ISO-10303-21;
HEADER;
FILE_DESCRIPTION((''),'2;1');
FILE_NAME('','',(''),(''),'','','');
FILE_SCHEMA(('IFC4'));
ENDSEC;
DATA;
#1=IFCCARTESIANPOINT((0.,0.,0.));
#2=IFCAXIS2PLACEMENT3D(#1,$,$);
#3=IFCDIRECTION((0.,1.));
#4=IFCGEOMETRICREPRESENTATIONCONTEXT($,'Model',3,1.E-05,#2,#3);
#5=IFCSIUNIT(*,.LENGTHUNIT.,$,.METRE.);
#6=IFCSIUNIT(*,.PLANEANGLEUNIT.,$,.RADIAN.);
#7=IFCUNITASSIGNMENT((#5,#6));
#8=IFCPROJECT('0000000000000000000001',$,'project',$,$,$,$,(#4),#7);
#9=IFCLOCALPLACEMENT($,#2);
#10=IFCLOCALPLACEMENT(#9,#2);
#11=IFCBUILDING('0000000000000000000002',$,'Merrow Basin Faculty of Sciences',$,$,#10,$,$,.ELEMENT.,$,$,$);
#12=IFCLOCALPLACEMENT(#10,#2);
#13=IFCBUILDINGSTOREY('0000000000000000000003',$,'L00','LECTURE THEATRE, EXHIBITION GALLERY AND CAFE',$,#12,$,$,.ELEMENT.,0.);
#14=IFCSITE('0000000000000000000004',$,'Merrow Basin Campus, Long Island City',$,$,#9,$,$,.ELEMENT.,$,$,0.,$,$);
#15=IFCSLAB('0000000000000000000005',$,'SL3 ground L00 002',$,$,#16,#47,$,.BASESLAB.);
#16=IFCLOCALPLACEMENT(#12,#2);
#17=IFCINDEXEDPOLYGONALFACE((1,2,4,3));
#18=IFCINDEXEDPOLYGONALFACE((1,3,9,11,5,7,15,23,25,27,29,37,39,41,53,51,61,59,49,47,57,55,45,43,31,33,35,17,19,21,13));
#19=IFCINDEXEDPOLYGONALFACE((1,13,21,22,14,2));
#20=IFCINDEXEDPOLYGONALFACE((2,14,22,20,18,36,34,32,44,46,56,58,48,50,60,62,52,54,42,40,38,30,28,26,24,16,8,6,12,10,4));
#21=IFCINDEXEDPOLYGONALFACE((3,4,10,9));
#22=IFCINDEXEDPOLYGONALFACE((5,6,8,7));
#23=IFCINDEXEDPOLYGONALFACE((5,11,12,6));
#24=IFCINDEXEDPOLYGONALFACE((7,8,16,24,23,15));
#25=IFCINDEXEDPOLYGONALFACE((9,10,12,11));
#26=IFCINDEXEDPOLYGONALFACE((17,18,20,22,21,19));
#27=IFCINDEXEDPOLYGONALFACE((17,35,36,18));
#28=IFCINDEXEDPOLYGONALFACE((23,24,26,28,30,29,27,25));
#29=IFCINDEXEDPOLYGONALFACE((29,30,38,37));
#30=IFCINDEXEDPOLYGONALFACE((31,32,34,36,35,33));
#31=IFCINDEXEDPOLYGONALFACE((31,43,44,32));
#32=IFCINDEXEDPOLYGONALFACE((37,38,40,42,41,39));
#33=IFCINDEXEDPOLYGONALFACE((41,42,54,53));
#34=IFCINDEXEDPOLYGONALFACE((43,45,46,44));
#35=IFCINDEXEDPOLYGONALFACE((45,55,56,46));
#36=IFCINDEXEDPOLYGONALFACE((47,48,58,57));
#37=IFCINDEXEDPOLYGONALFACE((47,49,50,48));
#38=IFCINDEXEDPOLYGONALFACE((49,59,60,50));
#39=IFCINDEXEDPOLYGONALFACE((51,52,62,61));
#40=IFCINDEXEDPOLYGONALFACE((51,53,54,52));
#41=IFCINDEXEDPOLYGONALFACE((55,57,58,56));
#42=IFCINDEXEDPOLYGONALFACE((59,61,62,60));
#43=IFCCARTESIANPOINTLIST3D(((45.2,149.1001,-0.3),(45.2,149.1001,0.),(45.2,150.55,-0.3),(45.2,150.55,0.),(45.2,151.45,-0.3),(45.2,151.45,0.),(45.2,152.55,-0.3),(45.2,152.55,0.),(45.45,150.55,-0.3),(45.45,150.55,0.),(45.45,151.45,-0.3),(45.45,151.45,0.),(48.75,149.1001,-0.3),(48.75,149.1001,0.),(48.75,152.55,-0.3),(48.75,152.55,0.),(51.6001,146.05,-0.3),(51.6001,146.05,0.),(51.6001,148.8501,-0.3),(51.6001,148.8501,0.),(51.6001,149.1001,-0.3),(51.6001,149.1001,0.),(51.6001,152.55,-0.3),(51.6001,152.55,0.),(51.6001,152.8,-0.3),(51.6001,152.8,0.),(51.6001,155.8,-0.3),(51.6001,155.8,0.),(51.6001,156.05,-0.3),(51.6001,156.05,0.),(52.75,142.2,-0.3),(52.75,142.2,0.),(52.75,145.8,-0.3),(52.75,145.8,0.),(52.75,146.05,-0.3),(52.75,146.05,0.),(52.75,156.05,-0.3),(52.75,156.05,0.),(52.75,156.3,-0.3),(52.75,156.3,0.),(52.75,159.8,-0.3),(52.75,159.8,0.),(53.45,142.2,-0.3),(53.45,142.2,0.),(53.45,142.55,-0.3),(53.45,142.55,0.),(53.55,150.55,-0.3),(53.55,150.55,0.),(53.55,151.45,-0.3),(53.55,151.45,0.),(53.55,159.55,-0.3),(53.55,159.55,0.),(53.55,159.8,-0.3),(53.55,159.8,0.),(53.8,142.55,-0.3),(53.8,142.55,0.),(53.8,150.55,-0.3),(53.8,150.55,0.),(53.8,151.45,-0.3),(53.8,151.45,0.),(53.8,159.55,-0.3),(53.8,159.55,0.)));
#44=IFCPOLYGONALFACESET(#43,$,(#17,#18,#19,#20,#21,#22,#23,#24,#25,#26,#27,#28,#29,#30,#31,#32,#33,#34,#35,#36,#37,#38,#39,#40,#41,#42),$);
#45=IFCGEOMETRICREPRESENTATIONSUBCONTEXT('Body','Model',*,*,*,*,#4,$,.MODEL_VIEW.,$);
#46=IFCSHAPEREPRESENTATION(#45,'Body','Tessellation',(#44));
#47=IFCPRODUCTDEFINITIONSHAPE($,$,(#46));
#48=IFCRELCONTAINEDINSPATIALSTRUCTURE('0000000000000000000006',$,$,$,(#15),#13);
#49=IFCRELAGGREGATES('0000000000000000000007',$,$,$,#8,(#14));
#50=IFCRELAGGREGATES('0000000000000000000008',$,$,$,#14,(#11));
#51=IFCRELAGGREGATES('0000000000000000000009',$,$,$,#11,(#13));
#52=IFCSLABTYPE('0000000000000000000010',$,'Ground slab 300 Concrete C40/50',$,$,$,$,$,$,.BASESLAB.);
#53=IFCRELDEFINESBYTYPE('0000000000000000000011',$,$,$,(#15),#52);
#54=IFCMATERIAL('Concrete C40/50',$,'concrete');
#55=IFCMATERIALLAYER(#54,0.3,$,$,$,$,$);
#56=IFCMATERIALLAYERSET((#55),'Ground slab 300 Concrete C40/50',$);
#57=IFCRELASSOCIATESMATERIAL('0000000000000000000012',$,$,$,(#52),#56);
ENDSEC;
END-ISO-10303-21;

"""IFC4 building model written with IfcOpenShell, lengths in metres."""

from ifc_helpers import new_model, si_unit, direction, frame, origin, place, context, subcontext, project, spatial, polyline, outline, extrude, material, layer, layer_set, type_object, element, save


model = new_model("IFC4")

# Units and contexts
model_context = context("Model", 3, precision=1e-05, world=origin(), true_north=direction((0.0, 1.0)))
body_context = subcontext(model_context, "Body", "Model", "MODEL_VIEW")
ifc_project = project(units=[si_unit("LENGTHUNIT", "METRE"), si_unit("PLANEANGLEUNIT", "RADIAN")], contexts=[model_context])

# Site, building, storey
site_placement = place(None, origin())
site = spatial("IfcSite", under=ifc_project, at=site_placement, Name="Merrow Basin Campus, Long Island City", CompositionType="ELEMENT", RefElevation=0.0)
building_placement = place(site_placement, origin())
building = spatial("IfcBuilding", under=site, at=building_placement, Name="Merrow Basin Faculty of Sciences", CompositionType="ELEMENT")
storey_placement = place(building_placement, origin())
storey = spatial("IfcBuildingStorey", under=building, at=storey_placement, Name="L00", Description="LECTURE THEATRE, EXHIBITION GALLERY AND CAFE", CompositionType="ELEMENT", Elevation=0.0)

# Slab
ifc_material = material(Name="Concrete C40/50", Category="concrete")
ifc_layer = layer(ifc_material, 0.3)
ifc_layer_set = layer_set([ifc_layer], Name="Ground slab 300 Concrete C40/50")
slab_type = type_object("IfcSlabType", Name="Ground slab 300 Concrete C40/50", PredefinedType="BASESLAB", material=ifc_layer_set)
slab_1_placement = place(storey_placement, frame((0.0, 0.0, -0.3)))
element("IfcSlab", 1, at=slab_1_placement, inside=storey, type_object=slab_type, Name="SL3 ground L00 002", PredefinedType="BASESLAB", context=body_context, shape_type="SweptSolid", body=[
    extrude(outline(polyline([(48.75, 152.55), (51.6001, 152.55), (51.6001, 152.8), (51.6001, 155.8), (51.6001, 156.05), (52.75, 156.05), (52.75, 156.3), (52.75, 159.8), (53.55, 159.8), (53.55, 159.55), (53.8, 159.55), (53.8, 151.45), (53.55, 151.45), (53.55, 150.55), (53.8, 150.55), (53.8, 142.55), (53.45, 142.55), (53.45, 142.2), (52.75, 142.2), (52.75, 145.8), (52.75, 146.05), (51.6001, 146.05), (51.6001, 148.8501), (51.6001, 149.1001), (48.75, 149.1001), (45.2, 149.1001), (45.2, 150.55), (45.45, 150.55), (45.45, 151.45), (45.2, 151.45), (45.2, 152.55), (48.75, 152.55)])), origin(), (0.0, 0.0, 1.0), 0.3),
])

save(model, "model.ifc")
